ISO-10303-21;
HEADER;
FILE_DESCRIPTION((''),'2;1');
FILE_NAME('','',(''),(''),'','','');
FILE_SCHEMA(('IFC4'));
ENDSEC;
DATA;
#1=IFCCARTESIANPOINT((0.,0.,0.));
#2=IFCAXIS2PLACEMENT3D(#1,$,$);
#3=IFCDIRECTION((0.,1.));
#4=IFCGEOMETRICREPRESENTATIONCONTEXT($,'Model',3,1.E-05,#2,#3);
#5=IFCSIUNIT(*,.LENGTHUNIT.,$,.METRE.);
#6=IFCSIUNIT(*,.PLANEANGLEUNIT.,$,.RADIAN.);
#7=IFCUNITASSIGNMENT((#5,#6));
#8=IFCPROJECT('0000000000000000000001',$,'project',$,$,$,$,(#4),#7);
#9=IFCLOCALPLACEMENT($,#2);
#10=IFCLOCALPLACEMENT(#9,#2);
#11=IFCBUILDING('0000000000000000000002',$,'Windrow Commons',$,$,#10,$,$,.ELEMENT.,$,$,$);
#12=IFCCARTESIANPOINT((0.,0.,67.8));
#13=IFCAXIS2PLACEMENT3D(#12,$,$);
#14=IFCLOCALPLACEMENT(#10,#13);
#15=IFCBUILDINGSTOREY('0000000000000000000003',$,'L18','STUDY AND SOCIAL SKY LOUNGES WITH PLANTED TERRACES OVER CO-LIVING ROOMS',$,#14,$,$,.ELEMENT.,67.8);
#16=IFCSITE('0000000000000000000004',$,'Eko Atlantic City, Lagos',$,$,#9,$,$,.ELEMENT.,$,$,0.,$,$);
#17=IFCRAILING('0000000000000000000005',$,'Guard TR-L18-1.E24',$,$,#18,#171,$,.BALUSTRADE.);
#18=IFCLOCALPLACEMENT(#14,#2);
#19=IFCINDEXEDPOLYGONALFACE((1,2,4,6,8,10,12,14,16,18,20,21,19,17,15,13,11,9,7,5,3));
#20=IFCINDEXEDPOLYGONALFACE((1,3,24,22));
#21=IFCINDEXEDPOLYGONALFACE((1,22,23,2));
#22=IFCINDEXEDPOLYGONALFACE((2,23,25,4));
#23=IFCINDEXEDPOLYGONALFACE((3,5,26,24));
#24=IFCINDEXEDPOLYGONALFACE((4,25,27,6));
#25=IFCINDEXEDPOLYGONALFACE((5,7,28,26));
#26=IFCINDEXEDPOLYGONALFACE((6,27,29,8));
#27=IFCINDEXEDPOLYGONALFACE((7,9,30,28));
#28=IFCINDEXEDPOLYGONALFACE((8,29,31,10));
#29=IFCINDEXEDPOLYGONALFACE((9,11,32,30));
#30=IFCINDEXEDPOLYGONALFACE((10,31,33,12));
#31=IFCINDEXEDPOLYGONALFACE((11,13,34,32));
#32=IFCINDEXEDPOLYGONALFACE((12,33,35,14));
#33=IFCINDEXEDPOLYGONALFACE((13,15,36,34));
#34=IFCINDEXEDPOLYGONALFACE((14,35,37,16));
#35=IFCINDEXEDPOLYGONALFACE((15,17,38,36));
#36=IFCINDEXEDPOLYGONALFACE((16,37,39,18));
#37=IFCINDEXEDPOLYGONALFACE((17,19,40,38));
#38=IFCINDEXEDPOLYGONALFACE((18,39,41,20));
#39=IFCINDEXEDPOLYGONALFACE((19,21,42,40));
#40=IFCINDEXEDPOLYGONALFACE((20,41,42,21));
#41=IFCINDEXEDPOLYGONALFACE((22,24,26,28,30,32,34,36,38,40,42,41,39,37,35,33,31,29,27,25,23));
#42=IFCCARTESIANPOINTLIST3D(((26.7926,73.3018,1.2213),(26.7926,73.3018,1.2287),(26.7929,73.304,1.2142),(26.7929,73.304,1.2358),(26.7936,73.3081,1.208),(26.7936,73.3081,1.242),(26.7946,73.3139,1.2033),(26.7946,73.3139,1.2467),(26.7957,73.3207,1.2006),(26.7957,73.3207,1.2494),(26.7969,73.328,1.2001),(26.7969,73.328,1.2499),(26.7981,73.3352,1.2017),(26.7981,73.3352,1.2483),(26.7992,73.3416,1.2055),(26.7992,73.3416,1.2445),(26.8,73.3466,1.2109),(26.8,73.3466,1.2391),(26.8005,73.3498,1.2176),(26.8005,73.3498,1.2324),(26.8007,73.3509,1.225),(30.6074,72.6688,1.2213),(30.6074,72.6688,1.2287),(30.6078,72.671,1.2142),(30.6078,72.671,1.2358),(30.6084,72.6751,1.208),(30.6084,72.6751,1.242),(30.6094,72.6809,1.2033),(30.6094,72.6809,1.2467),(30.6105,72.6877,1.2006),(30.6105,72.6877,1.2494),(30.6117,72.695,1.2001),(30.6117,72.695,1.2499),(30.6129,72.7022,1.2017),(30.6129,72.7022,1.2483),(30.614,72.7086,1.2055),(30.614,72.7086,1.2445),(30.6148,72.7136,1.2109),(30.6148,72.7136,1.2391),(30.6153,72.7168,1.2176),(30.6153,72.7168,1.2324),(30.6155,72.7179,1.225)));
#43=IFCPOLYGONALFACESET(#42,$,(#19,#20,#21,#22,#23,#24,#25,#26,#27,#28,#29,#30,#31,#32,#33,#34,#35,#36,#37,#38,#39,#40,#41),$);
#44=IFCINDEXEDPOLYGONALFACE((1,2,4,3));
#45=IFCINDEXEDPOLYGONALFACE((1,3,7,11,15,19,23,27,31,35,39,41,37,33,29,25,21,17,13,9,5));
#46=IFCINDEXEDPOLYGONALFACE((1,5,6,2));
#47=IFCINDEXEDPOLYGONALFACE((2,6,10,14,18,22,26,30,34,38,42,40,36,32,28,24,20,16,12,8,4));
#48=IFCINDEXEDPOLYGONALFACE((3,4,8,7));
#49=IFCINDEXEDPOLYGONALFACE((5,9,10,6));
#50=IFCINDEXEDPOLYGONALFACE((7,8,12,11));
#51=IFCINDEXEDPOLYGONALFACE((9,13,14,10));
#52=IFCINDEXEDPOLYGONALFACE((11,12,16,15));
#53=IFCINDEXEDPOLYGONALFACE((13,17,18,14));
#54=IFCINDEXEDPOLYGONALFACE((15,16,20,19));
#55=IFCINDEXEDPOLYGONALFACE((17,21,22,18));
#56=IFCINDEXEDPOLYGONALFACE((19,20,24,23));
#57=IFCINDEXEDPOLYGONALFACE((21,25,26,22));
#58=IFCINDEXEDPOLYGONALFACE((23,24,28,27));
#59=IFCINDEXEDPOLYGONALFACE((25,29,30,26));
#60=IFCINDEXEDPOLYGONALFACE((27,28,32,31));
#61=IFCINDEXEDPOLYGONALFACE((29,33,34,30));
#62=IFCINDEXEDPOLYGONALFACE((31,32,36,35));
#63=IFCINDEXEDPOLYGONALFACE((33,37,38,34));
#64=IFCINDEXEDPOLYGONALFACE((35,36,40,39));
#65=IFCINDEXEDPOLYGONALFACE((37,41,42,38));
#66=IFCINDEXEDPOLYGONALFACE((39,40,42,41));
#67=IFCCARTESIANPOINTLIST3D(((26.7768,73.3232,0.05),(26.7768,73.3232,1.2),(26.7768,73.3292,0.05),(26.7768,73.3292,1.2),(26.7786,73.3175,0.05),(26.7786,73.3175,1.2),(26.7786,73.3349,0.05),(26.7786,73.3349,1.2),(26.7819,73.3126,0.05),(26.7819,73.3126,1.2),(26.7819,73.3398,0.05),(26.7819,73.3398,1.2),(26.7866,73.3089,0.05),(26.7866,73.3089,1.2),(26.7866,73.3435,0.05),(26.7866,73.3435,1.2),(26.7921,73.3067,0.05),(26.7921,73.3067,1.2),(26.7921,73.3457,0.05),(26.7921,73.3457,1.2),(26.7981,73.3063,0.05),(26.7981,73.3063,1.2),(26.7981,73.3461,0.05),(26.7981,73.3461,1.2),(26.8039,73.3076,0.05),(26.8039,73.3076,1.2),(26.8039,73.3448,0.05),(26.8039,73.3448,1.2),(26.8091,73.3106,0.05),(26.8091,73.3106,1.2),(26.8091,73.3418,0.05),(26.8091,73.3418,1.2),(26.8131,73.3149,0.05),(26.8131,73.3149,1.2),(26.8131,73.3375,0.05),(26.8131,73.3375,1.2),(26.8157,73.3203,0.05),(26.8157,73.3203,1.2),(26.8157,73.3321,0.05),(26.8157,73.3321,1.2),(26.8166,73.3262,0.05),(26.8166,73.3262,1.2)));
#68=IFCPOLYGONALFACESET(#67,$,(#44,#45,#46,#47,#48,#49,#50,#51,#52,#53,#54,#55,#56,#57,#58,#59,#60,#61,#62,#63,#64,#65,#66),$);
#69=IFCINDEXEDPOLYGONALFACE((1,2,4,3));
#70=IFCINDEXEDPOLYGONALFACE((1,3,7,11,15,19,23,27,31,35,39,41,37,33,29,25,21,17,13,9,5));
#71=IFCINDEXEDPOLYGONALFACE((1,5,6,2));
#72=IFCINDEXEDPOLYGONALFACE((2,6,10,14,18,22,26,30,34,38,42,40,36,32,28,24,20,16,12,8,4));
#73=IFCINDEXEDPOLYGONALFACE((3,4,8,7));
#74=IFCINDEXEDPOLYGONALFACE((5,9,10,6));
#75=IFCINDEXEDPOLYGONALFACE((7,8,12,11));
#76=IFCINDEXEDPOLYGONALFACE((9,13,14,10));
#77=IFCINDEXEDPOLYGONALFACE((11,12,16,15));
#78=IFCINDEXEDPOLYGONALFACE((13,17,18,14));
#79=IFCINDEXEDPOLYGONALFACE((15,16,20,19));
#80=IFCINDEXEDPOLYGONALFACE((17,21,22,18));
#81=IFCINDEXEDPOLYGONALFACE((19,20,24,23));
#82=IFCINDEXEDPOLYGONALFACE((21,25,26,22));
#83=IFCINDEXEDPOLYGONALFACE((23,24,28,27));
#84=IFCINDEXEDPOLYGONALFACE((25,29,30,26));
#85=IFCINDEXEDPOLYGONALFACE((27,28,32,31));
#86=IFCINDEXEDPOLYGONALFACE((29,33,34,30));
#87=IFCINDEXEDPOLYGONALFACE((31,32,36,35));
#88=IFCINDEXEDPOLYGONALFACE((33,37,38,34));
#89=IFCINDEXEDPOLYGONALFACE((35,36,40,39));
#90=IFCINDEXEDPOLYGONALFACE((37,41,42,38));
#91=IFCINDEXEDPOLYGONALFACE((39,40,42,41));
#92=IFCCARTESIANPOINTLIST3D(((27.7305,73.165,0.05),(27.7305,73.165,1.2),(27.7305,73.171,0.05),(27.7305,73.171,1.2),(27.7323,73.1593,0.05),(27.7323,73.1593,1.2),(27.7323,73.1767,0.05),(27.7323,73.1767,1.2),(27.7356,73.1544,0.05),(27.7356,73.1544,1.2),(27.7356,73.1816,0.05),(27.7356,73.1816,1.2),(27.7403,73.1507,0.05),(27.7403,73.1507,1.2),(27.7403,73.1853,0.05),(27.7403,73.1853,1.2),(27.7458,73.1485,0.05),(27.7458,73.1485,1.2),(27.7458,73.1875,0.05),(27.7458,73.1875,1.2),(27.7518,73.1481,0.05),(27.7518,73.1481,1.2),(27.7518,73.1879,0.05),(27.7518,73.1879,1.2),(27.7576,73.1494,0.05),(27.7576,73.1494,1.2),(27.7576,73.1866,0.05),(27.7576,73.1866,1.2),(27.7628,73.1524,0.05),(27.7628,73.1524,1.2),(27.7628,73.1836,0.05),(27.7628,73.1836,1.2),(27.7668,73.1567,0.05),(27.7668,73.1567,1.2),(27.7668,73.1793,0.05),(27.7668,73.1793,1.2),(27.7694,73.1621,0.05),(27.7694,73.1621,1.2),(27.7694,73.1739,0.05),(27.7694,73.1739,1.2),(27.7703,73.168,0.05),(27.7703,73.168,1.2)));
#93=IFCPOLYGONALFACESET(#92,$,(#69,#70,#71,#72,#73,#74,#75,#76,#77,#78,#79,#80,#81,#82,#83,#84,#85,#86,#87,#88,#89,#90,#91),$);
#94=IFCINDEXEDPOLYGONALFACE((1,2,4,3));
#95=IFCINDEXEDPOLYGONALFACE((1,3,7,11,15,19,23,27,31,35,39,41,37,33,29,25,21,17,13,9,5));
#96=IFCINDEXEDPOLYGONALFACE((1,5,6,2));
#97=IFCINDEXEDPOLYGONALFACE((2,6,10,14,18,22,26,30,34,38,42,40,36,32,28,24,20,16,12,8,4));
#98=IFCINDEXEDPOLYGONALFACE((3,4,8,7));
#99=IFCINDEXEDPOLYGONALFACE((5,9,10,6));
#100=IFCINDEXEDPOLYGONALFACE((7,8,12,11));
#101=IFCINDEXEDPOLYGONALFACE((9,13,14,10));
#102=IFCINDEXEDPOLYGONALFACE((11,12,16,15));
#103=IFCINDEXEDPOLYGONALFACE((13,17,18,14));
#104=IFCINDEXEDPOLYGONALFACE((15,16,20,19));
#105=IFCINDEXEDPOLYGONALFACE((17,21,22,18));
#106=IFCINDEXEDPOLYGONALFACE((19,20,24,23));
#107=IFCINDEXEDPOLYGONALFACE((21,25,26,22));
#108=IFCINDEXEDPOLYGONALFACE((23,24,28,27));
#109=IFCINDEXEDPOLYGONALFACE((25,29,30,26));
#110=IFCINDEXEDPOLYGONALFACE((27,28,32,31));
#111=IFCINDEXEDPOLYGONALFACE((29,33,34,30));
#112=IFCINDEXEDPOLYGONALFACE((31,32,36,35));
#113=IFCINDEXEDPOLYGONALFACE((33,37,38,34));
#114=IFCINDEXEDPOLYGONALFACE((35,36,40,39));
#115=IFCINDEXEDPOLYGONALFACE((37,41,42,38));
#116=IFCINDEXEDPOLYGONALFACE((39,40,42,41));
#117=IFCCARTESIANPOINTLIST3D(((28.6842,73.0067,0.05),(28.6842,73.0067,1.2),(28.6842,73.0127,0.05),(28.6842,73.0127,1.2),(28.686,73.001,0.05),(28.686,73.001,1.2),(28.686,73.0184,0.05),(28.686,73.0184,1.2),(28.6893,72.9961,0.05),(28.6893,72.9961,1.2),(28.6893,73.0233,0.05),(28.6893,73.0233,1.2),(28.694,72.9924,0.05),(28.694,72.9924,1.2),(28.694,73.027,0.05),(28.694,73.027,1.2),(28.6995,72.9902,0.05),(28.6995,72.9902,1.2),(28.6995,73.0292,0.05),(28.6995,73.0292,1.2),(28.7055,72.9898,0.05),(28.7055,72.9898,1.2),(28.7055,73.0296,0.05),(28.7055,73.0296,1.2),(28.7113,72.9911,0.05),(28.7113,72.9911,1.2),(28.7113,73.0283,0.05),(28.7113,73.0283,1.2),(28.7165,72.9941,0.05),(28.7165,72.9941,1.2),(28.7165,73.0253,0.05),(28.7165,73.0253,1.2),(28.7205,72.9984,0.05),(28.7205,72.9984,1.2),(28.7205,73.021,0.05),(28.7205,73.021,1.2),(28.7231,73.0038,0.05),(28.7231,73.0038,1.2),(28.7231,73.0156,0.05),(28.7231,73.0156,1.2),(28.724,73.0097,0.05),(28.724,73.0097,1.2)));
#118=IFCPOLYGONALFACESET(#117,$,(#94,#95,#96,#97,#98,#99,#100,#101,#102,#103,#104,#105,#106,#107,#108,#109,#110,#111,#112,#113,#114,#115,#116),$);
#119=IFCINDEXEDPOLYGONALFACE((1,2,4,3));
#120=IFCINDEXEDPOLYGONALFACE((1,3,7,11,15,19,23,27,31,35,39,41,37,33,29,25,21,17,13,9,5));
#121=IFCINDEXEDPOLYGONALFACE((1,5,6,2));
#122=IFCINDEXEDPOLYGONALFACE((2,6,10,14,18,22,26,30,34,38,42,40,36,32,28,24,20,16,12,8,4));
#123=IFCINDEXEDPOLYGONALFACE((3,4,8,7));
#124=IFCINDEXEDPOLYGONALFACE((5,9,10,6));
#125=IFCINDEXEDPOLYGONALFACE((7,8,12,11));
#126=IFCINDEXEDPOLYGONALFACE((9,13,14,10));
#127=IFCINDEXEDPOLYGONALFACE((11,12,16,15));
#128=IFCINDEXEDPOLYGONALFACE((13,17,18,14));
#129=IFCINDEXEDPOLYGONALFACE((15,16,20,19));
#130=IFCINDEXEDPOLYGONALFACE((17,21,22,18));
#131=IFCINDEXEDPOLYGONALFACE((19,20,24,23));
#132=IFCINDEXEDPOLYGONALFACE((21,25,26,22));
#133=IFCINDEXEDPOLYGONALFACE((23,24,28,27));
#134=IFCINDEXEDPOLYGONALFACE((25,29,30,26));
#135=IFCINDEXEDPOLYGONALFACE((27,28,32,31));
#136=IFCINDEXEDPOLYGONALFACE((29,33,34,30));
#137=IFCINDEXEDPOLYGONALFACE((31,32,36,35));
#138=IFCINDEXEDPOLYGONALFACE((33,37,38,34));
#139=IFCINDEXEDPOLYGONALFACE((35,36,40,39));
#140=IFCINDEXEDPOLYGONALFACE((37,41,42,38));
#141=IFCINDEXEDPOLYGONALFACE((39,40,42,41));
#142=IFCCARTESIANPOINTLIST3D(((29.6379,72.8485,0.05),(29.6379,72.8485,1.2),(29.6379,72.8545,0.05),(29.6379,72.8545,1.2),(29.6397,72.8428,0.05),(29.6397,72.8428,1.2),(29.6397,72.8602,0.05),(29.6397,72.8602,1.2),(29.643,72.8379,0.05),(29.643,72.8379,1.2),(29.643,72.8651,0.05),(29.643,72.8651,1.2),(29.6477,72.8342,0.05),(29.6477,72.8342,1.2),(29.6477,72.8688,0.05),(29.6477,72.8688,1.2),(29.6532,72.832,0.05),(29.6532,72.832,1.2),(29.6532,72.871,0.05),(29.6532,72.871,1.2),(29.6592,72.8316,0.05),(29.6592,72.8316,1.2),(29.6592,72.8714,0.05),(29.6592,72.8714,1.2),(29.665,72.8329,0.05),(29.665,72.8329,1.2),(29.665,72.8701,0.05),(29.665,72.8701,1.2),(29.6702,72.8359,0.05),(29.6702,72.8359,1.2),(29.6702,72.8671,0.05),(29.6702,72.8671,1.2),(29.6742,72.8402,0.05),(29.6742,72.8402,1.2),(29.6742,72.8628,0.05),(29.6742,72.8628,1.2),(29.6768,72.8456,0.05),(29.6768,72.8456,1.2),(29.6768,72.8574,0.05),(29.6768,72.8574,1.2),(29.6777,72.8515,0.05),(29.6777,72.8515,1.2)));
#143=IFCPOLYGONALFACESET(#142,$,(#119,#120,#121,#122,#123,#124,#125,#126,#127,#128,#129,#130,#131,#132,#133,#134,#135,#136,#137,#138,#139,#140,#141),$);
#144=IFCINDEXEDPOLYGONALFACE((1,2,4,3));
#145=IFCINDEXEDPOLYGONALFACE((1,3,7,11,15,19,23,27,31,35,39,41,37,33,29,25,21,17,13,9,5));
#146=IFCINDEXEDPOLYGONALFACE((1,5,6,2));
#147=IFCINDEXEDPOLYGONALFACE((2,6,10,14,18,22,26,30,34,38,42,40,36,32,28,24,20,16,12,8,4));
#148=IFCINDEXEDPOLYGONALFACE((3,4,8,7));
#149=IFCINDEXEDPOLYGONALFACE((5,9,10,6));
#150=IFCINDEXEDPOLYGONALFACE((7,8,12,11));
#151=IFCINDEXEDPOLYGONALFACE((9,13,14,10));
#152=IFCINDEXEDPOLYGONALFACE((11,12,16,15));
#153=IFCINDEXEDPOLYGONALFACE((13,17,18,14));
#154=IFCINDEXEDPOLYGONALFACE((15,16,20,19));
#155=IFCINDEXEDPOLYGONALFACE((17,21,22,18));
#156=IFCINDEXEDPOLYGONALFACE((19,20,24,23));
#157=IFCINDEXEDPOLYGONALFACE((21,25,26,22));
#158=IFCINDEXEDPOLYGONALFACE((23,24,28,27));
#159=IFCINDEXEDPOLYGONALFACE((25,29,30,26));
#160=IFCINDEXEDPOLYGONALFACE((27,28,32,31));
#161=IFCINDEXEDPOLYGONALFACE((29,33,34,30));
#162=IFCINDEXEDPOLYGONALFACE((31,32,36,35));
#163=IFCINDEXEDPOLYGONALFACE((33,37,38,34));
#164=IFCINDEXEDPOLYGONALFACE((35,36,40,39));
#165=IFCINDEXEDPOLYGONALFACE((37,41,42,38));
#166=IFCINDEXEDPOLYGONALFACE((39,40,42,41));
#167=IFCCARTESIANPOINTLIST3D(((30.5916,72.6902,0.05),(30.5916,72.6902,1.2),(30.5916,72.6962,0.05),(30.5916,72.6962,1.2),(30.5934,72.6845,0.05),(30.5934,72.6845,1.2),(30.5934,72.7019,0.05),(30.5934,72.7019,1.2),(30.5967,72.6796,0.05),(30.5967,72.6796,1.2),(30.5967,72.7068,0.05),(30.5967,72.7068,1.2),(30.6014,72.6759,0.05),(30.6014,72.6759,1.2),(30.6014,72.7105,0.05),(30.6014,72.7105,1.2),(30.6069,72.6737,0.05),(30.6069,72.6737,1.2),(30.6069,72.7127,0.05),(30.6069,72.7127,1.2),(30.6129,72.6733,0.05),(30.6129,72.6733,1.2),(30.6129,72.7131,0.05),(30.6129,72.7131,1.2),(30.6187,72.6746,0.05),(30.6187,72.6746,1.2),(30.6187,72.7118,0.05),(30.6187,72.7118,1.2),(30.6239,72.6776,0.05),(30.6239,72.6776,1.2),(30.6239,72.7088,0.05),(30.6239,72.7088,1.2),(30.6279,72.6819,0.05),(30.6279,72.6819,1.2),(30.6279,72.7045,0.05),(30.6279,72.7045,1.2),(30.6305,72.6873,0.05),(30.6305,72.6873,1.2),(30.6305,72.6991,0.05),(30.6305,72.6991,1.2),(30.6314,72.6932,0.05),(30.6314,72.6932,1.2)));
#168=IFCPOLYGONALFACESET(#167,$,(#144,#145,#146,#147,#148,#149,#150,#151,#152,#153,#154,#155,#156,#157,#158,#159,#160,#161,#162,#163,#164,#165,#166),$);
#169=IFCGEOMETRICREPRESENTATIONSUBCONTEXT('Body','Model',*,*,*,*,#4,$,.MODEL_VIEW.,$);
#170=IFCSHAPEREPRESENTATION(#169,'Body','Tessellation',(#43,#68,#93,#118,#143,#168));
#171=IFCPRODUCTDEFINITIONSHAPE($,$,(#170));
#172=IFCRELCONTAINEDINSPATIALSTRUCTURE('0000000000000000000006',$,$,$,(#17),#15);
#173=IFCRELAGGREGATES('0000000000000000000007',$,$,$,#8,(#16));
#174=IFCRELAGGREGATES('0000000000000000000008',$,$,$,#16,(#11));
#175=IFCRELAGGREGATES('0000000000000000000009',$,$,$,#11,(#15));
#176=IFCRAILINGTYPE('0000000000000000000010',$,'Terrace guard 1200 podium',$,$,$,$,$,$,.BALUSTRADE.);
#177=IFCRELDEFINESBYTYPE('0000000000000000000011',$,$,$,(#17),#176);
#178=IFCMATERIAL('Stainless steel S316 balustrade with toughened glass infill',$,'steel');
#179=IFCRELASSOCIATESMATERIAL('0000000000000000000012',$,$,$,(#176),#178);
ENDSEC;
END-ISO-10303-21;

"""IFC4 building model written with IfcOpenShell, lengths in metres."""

from ifc_helpers import new_model, si_unit, direction, frame, origin, origin_2d, place, context, subcontext, project, spatial, circle, extrude, material, type_object, element, save


model = new_model("IFC4")

# Units and contexts
model_context = context("Model", 3, precision=1e-05, world=origin(), true_north=direction((0.0, 1.0)))
body_context = subcontext(model_context, "Body", "Model", "MODEL_VIEW")
ifc_project = project(units=[si_unit("LENGTHUNIT", "METRE"), si_unit("PLANEANGLEUNIT", "RADIAN")], contexts=[model_context])

# Site, building, storey
site_placement = place(None, origin())
site = spatial("IfcSite", under=ifc_project, at=site_placement, Name="Eko Atlantic City, Lagos", CompositionType="ELEMENT", RefElevation=0.0)
building_placement = place(site_placement, origin())
building = spatial("IfcBuilding", under=site, at=building_placement, Name="Windrow Commons", CompositionType="ELEMENT")
storey_placement = place(building_placement, frame((0.0, 0.0, 67.8)))
storey = spatial("IfcBuildingStorey", under=building, at=storey_placement, Name="L18", Description="STUDY AND SOCIAL SKY LOUNGES WITH PLANTED TERRACES OVER CO-LIVING ROOMS", CompositionType="ELEMENT", Elevation=67.8)

# Railing
ifc_material_1 = material(Name="Stainless steel S316 balustrade with toughened glass infill", Category="steel")
railing_type = type_object("IfcRailingType", Name="Terrace guard 1200 podium", PredefinedType="BALUSTRADE", material=ifc_material_1)
railing_1_placement = place(storey_placement, frame((26.7966, 73.3262, 0.05)))
element("IfcRailing", 1, at=railing_1_placement, inside=storey, type_object=railing_type, Name="Guard TR-L18-1.E24", PredefinedType="BALUSTRADE", context=body_context, shape_type="SweptSolid", body=[
    extrude(circle(Radius=0.025, at=origin_2d()), frame((0.0, 0.0, 1.175), z_axis=(0.986511, -0.163694, 0.0), x_axis=(0.163694, 0.986511, 0.0)), (0.0, 0.0, 1.0), 3.867),
    extrude(circle(Radius=0.02, at=origin_2d()), origin(), (0.0, 0.0, 1.0), 1.15),
    extrude(circle(Radius=0.02, at=origin_2d()), frame((0.9537, -0.1582, 0.0)), (0.0, 0.0, 1.0), 1.15),
    extrude(circle(Radius=0.02, at=origin_2d()), frame((1.9074, -0.3165, 0.0)), (0.0, 0.0, 1.0), 1.15),
    extrude(circle(Radius=0.02, at=origin_2d()), frame((2.8611, -0.4747, 0.0)), (0.0, 0.0, 1.0), 1.15),
    extrude(circle(Radius=0.02, at=origin_2d()), frame((3.8148, -0.633, 0.0)), (0.0, 0.0, 1.0), 1.15),
])

save(model, "model.ifc")
